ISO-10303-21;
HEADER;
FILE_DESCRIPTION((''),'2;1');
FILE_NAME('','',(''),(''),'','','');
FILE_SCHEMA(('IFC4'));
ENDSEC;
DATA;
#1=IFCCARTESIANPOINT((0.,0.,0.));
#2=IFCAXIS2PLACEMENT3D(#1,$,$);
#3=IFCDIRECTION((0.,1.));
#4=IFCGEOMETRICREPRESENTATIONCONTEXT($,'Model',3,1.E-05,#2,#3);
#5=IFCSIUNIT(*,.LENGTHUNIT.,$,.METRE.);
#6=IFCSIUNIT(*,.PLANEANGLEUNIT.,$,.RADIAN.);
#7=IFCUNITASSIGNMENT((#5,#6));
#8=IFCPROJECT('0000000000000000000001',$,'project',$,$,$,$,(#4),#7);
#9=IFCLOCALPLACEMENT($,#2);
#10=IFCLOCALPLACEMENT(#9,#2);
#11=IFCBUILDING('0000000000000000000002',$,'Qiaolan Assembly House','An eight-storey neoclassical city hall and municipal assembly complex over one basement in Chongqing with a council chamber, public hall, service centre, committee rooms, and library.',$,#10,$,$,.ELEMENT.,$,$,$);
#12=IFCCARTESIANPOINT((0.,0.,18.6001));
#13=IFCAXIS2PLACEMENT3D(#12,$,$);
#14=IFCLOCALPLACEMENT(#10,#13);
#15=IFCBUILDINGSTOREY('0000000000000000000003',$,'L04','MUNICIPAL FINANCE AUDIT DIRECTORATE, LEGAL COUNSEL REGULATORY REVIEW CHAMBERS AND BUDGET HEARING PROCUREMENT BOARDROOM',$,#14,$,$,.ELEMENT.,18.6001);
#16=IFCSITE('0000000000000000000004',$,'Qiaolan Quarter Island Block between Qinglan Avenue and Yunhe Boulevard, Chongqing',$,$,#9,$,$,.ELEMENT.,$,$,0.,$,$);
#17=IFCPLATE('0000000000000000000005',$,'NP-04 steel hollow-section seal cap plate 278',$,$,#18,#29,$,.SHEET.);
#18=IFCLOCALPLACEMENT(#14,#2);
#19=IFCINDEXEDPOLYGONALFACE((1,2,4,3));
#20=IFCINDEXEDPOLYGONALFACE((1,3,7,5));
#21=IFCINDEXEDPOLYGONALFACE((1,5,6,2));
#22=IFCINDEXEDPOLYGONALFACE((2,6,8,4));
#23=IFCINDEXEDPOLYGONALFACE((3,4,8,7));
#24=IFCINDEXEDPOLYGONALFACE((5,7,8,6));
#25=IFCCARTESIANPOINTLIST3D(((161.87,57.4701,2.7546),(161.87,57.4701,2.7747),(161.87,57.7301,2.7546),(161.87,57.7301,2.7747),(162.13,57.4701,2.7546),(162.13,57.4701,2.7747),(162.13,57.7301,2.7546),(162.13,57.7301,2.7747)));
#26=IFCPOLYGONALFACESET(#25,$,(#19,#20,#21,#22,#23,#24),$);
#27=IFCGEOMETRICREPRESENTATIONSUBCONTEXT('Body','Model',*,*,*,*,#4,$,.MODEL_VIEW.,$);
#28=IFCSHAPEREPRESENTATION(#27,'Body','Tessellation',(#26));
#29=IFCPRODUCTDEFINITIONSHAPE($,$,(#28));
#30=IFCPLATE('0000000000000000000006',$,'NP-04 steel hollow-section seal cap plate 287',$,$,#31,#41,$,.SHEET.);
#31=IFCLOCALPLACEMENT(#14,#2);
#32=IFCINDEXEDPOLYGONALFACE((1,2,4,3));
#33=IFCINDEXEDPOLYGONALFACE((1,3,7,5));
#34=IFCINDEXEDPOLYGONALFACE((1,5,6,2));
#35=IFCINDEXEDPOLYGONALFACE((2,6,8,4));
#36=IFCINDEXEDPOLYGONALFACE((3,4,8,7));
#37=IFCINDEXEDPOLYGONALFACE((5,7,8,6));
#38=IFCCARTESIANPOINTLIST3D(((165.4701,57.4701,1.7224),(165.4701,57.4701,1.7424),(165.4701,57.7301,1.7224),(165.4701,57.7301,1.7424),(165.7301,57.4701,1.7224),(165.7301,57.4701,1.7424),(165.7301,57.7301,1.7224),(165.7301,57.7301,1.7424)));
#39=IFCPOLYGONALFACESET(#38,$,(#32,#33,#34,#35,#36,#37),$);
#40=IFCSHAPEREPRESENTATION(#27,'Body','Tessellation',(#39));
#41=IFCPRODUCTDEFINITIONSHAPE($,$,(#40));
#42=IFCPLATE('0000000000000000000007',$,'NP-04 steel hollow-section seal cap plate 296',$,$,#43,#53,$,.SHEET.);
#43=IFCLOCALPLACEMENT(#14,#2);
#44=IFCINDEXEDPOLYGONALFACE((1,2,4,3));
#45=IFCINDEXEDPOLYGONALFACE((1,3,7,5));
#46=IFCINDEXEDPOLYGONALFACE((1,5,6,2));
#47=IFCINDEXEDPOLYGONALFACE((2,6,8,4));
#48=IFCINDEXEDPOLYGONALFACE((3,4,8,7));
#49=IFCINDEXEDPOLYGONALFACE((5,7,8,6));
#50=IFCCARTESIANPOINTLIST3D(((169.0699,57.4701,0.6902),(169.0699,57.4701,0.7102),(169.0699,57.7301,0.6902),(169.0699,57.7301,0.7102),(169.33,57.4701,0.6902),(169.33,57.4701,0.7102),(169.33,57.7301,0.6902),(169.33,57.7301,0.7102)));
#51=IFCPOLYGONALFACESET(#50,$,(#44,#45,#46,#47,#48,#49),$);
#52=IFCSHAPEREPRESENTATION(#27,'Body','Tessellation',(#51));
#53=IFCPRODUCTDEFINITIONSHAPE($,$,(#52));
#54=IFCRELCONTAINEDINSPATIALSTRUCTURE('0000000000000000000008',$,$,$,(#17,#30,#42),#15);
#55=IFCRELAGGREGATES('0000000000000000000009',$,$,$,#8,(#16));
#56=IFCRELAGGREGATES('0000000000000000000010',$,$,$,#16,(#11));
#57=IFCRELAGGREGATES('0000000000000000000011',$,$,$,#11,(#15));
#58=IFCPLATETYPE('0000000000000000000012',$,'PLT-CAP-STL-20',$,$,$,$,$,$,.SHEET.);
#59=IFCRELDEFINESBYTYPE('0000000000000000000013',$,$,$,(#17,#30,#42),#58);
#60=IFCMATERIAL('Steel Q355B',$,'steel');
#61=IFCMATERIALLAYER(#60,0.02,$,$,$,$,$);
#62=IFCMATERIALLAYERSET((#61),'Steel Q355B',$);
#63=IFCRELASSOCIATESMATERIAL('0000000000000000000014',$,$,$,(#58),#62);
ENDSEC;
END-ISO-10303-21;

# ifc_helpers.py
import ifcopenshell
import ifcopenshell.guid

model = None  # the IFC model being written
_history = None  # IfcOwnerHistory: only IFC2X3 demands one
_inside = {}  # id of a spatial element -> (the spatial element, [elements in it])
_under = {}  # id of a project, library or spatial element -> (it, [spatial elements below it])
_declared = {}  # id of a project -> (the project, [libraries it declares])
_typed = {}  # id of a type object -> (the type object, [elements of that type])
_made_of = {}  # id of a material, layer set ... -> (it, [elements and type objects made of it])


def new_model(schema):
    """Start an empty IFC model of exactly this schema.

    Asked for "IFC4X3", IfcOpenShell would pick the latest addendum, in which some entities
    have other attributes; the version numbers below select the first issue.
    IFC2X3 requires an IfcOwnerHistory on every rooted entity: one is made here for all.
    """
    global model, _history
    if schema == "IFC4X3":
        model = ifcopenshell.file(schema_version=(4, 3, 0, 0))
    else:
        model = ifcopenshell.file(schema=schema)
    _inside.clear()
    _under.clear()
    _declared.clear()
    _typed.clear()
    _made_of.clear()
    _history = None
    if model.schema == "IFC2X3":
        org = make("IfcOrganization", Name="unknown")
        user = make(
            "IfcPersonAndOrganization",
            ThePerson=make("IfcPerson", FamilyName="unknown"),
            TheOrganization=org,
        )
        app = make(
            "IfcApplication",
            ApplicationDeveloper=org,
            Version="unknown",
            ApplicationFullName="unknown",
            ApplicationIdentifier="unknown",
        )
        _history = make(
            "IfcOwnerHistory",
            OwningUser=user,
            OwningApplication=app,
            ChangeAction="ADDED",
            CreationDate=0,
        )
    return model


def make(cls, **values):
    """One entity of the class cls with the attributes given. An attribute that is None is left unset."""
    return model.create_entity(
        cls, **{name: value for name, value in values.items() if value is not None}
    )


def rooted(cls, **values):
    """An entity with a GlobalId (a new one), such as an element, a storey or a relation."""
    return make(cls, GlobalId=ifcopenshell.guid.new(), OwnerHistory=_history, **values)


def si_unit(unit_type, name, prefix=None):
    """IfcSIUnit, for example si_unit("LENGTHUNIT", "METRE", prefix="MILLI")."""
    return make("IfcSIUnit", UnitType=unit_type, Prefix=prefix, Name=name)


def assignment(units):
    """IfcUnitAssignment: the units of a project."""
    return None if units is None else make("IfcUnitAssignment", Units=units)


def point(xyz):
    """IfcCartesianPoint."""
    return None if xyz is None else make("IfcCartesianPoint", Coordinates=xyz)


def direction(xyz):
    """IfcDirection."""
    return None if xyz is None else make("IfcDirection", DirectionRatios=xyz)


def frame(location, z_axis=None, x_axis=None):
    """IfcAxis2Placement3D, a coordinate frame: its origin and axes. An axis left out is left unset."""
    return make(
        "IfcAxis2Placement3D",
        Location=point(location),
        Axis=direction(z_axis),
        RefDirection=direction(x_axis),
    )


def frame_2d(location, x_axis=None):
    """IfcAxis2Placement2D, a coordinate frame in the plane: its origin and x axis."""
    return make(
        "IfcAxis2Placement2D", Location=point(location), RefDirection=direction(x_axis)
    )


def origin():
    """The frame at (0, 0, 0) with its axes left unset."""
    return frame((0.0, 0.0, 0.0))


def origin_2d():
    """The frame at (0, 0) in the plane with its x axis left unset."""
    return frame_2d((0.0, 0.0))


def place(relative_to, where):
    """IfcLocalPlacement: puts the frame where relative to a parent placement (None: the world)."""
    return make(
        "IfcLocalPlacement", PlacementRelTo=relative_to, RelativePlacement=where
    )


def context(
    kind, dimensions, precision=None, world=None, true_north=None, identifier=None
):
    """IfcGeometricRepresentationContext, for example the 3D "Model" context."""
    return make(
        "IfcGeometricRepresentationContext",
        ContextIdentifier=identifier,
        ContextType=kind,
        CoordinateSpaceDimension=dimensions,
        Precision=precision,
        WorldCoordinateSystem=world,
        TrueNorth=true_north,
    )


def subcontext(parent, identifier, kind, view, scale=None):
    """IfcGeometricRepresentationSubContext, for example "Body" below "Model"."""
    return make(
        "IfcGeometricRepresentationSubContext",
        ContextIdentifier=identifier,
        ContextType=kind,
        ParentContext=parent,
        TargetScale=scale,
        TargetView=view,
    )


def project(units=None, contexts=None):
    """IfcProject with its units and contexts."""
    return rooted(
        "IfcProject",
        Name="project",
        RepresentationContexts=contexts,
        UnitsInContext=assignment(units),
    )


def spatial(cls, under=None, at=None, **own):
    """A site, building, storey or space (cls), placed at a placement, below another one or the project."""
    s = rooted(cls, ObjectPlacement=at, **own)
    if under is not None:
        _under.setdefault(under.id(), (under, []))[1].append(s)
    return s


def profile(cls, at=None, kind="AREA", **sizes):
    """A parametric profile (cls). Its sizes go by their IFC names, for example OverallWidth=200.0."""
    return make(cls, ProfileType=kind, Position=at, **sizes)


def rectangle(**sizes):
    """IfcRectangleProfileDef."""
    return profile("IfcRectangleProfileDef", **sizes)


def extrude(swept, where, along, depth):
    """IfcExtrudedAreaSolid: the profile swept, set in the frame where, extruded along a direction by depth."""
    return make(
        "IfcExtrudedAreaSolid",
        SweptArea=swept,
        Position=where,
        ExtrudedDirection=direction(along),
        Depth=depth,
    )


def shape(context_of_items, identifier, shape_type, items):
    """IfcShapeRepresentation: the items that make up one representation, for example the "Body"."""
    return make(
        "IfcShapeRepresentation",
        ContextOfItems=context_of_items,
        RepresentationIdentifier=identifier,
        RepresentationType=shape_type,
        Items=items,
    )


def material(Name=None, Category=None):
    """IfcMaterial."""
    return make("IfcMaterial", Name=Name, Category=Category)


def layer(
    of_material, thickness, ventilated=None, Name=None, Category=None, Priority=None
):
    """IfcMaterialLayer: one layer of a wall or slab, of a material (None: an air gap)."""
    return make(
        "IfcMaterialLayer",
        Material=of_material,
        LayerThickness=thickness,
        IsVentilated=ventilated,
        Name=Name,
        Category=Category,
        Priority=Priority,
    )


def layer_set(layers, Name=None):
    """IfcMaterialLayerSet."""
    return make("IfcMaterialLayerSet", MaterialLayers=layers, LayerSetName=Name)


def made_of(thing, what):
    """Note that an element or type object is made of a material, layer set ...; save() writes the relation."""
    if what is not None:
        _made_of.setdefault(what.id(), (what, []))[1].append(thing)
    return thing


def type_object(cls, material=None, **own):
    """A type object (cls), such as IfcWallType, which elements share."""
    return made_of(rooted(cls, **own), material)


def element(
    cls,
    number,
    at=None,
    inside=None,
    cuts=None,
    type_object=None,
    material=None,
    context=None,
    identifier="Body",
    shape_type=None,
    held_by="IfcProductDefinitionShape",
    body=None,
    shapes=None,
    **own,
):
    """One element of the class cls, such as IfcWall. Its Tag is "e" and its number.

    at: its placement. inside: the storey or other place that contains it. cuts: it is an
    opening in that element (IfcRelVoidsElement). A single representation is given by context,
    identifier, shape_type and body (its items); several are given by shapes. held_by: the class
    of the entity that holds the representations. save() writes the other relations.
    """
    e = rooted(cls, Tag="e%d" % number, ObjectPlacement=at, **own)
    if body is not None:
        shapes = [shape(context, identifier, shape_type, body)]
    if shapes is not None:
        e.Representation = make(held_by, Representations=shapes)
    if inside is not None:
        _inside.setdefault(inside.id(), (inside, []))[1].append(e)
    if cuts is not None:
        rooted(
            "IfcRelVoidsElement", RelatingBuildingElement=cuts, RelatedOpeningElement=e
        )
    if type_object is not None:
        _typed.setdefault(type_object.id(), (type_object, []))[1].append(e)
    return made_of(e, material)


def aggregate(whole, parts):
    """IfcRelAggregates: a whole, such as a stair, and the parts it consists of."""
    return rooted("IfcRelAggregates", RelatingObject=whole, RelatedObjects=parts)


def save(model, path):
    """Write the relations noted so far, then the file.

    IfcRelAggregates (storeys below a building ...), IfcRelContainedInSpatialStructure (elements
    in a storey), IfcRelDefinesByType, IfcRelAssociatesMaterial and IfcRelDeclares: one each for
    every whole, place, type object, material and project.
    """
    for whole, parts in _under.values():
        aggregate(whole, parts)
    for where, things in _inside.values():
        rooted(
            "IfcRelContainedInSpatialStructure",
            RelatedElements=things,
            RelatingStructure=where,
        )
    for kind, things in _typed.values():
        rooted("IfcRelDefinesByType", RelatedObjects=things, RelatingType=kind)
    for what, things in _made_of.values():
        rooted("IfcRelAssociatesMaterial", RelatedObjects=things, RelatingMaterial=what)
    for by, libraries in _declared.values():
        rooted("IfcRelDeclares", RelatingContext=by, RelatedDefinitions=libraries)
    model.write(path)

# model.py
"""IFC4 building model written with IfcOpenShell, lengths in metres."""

from ifc_helpers import new_model, si_unit, direction, frame, origin, origin_2d, place, context, subcontext, project, spatial, rectangle, extrude, material, layer, layer_set, type_object, element, save


model = new_model("IFC4")

# Units and contexts
model_context = context("Model", 3, precision=1e-05, world=origin(), true_north=direction((0.0, 1.0)))
body_context = subcontext(model_context, "Body", "Model", "MODEL_VIEW")
ifc_project = project(units=[si_unit("LENGTHUNIT", "METRE"), si_unit("PLANEANGLEUNIT", "RADIAN")], contexts=[model_context])

# Site, building, storey
site_placement = place(None, origin())
site = spatial("IfcSite", under=ifc_project, at=site_placement, Name="Qiaolan Quarter Island Block between Qinglan Avenue and Yunhe Boulevard, Chongqing", CompositionType="ELEMENT", RefElevation=0.0)
building_placement = place(site_placement, origin())
building = spatial("IfcBuilding", under=site, at=building_placement, Name="Qiaolan Assembly House", Description="An eight-storey neoclassical city hall and municipal assembly complex over one basement in Chongqing with a council chamber, public hall, service centre, committee rooms, and library.", CompositionType="ELEMENT")
storey_placement = place(building_placement, frame((0.0, 0.0, 18.6001)))
storey = spatial("IfcBuildingStorey", under=building, at=storey_placement, Name="L04", Description="MUNICIPAL FINANCE AUDIT DIRECTORATE, LEGAL COUNSEL REGULATORY REVIEW CHAMBERS AND BUDGET HEARING PROCUREMENT BOARDROOM", CompositionType="ELEMENT", Elevation=18.6001)

# Shared definitions
ifc_material = material(Name="Steel Q355B", Category="steel")

# Plates
ifc_layer = layer(ifc_material, 0.02)
ifc_layer_set = layer_set([ifc_layer], Name="Steel Q355B")
plate_type = type_object("IfcPlateType", Name="PLT-CAP-STL-20", PredefinedType="SHEET", material=ifc_layer_set)
for number, where, z_axis, x_axis, name in (
    (1, (162.0, 57.6001, 2.7546), (0.0, 0.0, 1.0), (1.0, 0.0, 0.0), "NP-04 steel hollow-section seal cap plate 278"),
    (2, (165.6001, 57.6001, 1.7224), (0.0, 0.0, 1.0), (1.0, 0.0, 0.0), "NP-04 steel hollow-section seal cap plate 287"),
    (3, (169.2, 57.6001, 0.6902), (0.0, 0.0, 1.0), (1.0, 0.0, 0.0), "NP-04 steel hollow-section seal cap plate 296"),
):
    element("IfcPlate", number, at=place(storey_placement, frame(where, z_axis=z_axis, x_axis=x_axis)), inside=storey, type_object=plate_type, Name=name, PredefinedType="SHEET", context=body_context, shape_type="SweptSolid", body=[
        extrude(rectangle(XDim=0.26, YDim=0.26, at=origin_2d()), origin(), (0.0, 0.0, 1.0), 0.02),
    ])

save(model, "model.ifc")
